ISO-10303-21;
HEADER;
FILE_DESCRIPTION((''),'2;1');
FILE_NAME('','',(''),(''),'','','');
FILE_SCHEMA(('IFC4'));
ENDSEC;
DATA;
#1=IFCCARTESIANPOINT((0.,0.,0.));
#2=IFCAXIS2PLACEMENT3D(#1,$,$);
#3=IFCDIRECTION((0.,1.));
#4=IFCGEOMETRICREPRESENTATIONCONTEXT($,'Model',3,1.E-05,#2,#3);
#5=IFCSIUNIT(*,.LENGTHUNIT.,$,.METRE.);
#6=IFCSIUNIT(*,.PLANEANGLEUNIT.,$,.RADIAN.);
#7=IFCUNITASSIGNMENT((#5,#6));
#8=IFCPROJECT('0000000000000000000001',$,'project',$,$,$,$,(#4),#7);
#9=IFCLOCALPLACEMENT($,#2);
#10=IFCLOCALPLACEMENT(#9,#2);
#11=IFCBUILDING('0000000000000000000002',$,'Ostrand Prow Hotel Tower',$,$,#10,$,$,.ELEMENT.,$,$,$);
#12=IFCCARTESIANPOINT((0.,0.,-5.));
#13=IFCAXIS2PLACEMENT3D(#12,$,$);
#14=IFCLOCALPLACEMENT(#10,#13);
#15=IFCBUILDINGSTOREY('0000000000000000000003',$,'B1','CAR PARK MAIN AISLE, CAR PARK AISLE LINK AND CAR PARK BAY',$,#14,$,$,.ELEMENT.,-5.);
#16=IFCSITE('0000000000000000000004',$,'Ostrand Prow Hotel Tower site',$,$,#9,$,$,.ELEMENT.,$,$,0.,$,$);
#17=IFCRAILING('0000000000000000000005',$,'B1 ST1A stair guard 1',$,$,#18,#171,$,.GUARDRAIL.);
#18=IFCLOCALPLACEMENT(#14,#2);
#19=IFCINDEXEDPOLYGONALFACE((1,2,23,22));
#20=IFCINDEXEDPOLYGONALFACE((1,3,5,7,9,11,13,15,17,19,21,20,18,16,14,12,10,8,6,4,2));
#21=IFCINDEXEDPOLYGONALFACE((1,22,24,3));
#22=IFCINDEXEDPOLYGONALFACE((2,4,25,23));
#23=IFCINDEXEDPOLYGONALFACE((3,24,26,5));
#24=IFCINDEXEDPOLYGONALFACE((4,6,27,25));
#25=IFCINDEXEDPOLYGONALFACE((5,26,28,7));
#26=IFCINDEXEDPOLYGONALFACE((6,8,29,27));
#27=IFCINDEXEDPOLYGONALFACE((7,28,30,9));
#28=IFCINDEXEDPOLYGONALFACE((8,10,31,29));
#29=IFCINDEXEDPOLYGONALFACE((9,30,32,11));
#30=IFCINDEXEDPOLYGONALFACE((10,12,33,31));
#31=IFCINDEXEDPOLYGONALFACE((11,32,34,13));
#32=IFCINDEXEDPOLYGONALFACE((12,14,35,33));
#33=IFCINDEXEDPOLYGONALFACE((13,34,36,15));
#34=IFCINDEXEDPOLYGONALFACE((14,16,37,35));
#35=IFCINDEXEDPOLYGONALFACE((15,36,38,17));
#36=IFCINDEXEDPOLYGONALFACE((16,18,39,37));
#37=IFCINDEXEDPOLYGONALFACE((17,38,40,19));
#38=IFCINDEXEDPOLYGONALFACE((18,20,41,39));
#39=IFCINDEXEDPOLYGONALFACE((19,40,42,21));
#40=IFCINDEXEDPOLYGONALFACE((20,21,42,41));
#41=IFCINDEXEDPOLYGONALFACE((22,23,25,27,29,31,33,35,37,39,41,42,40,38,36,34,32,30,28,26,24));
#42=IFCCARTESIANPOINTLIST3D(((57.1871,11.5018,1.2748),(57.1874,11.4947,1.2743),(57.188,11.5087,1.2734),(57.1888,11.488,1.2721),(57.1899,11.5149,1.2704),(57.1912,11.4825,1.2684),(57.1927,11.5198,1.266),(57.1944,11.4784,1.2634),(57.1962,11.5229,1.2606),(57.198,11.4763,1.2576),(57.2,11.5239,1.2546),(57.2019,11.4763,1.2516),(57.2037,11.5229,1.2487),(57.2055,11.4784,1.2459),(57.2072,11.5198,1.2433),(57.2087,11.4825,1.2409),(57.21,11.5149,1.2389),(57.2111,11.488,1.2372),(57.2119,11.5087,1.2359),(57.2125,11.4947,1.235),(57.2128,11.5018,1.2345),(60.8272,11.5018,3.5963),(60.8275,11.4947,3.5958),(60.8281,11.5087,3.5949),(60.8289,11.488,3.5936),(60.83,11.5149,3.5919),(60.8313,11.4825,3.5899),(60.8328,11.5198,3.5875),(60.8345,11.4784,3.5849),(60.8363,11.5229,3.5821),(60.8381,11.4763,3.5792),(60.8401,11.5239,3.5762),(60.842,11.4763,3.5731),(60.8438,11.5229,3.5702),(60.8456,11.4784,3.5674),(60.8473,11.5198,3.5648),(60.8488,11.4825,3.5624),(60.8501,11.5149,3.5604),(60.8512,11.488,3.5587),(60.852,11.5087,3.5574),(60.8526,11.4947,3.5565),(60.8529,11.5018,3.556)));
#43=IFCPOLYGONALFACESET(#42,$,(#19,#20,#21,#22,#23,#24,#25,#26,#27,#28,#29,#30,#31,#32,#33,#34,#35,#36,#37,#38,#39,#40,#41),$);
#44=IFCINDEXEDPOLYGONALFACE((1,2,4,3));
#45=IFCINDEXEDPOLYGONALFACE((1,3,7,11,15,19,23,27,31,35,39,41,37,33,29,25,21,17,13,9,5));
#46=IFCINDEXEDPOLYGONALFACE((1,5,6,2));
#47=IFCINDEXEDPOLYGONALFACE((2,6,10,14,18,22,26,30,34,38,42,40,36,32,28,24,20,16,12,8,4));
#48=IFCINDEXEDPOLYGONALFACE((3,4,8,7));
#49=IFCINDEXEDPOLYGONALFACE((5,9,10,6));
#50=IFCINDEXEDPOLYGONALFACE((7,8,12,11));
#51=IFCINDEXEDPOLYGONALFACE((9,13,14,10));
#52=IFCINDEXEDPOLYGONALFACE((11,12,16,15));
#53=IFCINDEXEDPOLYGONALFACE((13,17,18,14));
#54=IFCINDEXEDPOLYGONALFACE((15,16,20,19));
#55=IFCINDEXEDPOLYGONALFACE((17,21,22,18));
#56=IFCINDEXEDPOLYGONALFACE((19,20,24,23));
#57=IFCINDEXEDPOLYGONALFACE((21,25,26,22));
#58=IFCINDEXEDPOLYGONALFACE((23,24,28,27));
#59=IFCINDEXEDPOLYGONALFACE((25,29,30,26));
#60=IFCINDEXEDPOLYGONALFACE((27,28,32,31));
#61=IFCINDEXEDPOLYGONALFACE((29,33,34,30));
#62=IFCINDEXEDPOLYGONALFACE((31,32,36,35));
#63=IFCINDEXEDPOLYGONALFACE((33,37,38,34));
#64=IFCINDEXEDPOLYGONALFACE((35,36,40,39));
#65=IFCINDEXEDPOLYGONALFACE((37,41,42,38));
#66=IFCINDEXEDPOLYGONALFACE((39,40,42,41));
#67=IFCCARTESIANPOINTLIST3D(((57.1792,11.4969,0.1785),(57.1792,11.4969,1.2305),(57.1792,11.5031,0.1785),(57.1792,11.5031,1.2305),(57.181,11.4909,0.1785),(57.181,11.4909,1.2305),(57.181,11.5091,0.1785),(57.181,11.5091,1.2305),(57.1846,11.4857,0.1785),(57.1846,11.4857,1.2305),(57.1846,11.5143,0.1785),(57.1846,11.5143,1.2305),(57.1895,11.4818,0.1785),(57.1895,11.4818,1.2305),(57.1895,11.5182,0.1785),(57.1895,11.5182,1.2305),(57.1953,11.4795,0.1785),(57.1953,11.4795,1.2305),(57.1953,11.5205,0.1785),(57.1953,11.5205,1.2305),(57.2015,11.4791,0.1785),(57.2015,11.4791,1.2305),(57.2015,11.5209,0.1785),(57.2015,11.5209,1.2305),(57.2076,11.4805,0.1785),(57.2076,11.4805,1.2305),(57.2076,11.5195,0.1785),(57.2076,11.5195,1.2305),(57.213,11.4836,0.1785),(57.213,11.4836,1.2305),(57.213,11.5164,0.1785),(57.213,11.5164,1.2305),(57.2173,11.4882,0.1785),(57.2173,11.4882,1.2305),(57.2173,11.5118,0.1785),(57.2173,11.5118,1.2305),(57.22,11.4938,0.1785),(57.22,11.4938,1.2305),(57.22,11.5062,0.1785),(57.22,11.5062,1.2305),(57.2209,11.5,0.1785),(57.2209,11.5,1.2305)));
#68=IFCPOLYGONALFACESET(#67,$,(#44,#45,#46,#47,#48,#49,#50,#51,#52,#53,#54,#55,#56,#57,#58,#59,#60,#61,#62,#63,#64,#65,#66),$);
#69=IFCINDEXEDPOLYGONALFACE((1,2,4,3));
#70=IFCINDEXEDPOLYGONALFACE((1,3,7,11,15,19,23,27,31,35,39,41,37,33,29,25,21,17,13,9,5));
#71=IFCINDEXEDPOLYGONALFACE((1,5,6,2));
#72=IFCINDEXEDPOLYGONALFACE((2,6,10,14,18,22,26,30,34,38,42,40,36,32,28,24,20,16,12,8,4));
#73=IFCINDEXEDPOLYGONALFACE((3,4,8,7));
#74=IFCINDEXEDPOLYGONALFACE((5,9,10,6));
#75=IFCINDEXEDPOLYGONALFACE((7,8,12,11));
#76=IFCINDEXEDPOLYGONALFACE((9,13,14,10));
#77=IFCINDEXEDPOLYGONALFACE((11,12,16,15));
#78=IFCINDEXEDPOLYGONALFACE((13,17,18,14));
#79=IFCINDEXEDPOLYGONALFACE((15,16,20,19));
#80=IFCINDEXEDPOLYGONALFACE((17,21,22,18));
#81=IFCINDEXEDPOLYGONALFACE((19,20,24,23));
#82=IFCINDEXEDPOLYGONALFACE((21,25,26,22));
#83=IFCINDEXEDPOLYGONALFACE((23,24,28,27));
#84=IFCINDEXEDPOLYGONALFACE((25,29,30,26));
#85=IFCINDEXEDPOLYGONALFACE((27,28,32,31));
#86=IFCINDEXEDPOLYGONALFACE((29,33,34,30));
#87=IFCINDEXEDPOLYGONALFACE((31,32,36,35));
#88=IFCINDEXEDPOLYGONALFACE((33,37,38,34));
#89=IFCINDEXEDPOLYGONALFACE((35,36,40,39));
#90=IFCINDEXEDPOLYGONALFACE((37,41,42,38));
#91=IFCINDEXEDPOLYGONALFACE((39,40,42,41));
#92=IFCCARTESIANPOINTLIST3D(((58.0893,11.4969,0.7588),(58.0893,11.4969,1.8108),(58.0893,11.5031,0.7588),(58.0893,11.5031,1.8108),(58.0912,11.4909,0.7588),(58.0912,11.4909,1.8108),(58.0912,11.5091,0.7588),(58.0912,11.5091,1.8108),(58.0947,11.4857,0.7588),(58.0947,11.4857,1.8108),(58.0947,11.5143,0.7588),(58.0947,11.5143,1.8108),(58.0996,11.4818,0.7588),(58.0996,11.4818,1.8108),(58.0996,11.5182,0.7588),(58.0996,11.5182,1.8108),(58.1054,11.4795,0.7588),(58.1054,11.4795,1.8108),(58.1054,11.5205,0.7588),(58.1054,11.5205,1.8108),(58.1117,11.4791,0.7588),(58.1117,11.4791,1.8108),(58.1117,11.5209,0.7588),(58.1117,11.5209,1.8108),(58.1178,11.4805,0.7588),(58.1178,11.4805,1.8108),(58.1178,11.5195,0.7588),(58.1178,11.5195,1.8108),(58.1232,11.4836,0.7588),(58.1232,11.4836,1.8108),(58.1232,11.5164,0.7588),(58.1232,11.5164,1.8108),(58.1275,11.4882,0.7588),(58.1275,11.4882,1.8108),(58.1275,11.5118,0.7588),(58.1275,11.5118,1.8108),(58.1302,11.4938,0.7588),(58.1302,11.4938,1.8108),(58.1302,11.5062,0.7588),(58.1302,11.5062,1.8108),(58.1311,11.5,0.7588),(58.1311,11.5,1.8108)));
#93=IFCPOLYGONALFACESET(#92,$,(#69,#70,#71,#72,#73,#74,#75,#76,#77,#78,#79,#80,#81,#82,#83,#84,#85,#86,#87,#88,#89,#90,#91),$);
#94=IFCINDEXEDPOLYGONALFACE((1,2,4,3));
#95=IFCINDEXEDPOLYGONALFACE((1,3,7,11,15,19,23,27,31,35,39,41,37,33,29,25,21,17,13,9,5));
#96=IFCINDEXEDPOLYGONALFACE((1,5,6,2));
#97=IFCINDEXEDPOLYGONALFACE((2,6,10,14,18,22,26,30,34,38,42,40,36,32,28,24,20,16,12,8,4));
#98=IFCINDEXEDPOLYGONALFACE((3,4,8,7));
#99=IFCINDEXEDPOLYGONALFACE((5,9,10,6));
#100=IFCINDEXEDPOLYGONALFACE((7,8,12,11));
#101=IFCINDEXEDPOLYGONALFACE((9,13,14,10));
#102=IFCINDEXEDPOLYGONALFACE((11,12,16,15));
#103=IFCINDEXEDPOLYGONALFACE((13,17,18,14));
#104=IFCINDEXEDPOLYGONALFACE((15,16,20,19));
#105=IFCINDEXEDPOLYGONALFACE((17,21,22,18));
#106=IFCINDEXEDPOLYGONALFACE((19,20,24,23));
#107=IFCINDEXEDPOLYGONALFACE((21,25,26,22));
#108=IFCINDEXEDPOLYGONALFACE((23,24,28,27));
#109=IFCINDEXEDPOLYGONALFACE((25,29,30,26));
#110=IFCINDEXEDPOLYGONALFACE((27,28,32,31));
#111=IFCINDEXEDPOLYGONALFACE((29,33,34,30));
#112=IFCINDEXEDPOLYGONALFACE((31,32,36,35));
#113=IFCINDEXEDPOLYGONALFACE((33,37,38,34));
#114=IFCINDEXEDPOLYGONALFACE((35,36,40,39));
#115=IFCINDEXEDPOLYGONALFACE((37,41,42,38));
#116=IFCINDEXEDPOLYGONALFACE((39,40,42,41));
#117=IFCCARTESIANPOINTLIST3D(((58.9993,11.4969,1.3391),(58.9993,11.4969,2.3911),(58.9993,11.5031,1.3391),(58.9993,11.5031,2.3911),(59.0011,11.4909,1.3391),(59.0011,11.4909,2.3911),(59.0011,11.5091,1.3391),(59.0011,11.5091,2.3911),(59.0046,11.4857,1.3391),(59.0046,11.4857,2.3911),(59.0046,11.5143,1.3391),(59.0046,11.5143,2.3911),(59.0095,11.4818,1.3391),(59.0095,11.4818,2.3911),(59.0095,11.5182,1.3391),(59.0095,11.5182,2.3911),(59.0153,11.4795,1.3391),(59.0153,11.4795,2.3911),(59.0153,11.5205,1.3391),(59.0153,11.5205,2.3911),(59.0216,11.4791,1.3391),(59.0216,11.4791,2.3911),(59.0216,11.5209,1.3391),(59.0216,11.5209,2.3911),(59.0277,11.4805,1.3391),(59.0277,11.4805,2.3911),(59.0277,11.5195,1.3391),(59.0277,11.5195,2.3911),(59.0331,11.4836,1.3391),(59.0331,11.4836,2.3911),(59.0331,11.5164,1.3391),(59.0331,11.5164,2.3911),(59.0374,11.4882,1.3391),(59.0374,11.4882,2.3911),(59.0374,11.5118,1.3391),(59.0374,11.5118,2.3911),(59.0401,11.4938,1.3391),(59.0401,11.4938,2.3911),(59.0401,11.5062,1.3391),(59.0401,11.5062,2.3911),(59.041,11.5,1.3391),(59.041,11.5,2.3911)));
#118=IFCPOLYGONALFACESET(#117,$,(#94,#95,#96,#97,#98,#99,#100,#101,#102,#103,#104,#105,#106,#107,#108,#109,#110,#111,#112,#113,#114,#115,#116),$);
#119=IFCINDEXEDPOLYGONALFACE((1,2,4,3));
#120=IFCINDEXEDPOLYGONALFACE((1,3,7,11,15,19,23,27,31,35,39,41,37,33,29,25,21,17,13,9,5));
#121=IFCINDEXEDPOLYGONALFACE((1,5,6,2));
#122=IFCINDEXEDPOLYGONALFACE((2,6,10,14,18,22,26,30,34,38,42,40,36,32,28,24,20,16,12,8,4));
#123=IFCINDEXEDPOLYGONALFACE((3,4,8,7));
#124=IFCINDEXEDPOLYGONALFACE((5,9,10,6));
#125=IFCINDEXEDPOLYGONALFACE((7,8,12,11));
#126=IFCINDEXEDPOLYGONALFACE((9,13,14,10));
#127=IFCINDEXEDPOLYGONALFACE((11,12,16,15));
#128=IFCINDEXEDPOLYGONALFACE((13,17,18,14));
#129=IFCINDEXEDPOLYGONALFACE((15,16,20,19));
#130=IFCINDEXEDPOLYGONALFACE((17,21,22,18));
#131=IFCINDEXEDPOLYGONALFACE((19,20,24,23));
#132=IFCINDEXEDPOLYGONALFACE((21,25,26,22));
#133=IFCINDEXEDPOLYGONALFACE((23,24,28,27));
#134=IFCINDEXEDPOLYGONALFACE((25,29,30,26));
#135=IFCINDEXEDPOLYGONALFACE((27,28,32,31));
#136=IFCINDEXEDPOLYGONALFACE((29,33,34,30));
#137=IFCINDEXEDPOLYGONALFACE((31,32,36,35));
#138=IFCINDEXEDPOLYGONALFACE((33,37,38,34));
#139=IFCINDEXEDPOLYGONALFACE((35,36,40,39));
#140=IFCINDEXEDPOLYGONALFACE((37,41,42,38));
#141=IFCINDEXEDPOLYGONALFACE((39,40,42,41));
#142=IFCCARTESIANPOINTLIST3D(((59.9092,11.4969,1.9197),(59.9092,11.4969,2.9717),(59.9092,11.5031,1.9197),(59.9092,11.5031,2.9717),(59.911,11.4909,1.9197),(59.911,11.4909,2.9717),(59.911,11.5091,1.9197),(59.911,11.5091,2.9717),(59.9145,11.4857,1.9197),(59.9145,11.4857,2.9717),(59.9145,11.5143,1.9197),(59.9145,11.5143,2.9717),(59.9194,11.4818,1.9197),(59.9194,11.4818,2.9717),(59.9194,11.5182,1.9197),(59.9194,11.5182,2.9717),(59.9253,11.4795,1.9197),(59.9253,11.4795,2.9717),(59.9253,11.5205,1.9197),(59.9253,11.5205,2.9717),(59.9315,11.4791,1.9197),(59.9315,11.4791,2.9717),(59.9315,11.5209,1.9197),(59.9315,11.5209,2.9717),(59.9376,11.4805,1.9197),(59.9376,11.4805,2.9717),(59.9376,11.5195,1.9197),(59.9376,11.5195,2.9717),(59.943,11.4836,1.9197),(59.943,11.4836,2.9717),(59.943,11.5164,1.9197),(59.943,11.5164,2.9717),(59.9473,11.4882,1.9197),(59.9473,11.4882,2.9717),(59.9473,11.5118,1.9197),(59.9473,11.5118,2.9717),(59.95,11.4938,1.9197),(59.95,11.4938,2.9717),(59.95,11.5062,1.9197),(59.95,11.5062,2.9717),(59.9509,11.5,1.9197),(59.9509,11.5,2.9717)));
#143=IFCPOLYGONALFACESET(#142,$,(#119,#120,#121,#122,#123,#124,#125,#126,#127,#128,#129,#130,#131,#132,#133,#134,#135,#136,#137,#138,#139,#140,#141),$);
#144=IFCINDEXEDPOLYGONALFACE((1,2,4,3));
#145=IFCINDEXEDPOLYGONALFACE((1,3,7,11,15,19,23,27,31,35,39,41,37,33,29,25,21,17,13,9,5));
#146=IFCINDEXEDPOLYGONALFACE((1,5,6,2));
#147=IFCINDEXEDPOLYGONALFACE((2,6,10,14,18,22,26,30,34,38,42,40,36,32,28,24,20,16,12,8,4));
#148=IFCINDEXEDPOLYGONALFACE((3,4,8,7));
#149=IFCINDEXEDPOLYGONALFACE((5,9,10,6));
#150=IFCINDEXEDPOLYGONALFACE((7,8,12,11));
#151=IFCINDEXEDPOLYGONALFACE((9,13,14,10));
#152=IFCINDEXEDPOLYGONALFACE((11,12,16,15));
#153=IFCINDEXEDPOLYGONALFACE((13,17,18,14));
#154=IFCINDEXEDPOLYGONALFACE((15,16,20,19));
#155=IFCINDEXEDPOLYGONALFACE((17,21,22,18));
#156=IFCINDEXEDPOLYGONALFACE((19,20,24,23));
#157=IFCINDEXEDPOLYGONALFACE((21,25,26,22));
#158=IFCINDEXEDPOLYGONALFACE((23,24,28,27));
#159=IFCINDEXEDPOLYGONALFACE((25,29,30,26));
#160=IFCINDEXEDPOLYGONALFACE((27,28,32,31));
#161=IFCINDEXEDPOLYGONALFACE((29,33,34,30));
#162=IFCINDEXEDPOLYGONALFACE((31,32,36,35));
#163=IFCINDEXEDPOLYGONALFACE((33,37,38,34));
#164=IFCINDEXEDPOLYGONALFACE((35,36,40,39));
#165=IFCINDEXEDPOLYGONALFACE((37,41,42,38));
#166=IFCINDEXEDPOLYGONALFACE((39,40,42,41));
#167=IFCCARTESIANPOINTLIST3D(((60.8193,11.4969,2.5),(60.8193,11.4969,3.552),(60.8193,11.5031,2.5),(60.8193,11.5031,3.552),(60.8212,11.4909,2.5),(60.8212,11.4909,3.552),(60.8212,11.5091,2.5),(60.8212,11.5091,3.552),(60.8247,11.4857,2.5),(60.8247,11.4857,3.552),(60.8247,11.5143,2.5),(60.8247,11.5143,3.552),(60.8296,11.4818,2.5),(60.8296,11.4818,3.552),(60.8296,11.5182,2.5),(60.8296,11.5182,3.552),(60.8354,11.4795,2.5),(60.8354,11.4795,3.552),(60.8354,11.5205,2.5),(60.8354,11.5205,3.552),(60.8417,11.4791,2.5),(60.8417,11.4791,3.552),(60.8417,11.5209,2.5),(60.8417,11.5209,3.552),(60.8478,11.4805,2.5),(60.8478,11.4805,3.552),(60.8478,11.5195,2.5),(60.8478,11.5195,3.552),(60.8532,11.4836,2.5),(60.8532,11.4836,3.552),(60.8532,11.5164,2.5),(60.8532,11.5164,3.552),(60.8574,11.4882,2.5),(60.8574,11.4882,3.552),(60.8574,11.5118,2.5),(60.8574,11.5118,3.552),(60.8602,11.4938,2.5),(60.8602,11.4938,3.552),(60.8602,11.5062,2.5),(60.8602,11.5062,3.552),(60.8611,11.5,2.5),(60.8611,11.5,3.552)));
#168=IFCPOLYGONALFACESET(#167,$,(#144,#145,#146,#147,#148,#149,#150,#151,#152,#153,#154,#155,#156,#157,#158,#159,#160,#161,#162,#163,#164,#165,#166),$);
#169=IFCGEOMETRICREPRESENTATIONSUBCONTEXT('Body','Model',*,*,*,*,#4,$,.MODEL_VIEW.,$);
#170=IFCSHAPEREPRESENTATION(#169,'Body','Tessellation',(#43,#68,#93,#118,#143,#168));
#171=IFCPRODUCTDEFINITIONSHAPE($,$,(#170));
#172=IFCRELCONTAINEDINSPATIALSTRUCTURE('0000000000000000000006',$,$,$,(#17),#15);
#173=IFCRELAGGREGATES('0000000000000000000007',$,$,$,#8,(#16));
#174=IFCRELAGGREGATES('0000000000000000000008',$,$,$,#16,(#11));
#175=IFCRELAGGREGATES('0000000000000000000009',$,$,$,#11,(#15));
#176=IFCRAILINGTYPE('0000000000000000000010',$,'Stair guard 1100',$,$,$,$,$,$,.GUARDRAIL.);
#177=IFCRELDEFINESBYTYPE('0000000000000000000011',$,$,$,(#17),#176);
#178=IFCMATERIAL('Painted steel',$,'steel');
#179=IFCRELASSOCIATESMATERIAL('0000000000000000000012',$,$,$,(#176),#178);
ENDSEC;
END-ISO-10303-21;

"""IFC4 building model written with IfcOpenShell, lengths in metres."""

from ifc_helpers import new_model, si_unit, direction, frame, origin, origin_2d, place, context, subcontext, project, spatial, circle, extrude, material, type_object, element, save


model = new_model("IFC4")

# Units and contexts
model_context = context("Model", 3, precision=1e-05, world=origin(), true_north=direction((0.0, 1.0)))
body_context = subcontext(model_context, "Body", "Model", "MODEL_VIEW")
ifc_project = project(units=[si_unit("LENGTHUNIT", "METRE"), si_unit("PLANEANGLEUNIT", "RADIAN")], contexts=[model_context])

# Site, building, storey
site_placement = place(None, origin())
site = spatial("IfcSite", under=ifc_project, at=site_placement, Name="Ostrand Prow Hotel Tower site", CompositionType="ELEMENT", RefElevation=0.0)
building_placement = place(site_placement, origin())
building = spatial("IfcBuilding", under=site, at=building_placement, Name="Ostrand Prow Hotel Tower", CompositionType="ELEMENT")
storey_placement = place(building_placement, frame((0.0, 0.0, -5.0)))
storey = spatial("IfcBuildingStorey", under=building, at=storey_placement, Name="B1", Description="CAR PARK MAIN AISLE, CAR PARK AISLE LINK AND CAR PARK BAY", CompositionType="ELEMENT", Elevation=-5.0)

# Railing
ifc_material_1 = material(Name="Painted steel", Category="steel")
railing_type_1 = type_object("IfcRailingType", Name="Stair guard 1100", PredefinedType="GUARDRAIL", material=ifc_material_1)
railing_1_placement = place(storey_placement, frame((57.2, 11.5, 0.1785)))
element("IfcRailing", 1, at=railing_1_placement, inside=storey, type_object=railing_type_1, Name="B1 ST1A stair guard 1", PredefinedType="GUARDRAIL", context=body_context, shape_type="SweptSolid", body=[
    extrude(circle(Radius=0.0239, at=origin_2d()), frame((0.0, 0.0, 1.0762), z_axis=(0.843128, 0.0, 0.537713), x_axis=(0.0, 1.0, 0.0)), (0.0, 0.0, 1.0), 4.3174),
    extrude(circle(Radius=0.021, at=origin_2d()), origin(), (0.0, 0.0, 1.0), 1.052),
    extrude(circle(Radius=0.021, at=origin_2d()), frame((0.9102, 0.0, 0.5803)), (0.0, 0.0, 1.0), 1.052),
    extrude(circle(Radius=0.021, at=origin_2d()), frame((1.8201, 0.0, 1.1606)), (0.0, 0.0, 1.0), 1.052),
    extrude(circle(Radius=0.021, at=origin_2d()), frame((2.73, 0.0, 1.7412)), (0.0, 0.0, 1.0), 1.052),
    extrude(circle(Radius=0.021, at=origin_2d()), frame((3.6401, 0.0, 2.3215)), (0.0, 0.0, 1.0), 1.052),
])

save(model, "model.ifc")
